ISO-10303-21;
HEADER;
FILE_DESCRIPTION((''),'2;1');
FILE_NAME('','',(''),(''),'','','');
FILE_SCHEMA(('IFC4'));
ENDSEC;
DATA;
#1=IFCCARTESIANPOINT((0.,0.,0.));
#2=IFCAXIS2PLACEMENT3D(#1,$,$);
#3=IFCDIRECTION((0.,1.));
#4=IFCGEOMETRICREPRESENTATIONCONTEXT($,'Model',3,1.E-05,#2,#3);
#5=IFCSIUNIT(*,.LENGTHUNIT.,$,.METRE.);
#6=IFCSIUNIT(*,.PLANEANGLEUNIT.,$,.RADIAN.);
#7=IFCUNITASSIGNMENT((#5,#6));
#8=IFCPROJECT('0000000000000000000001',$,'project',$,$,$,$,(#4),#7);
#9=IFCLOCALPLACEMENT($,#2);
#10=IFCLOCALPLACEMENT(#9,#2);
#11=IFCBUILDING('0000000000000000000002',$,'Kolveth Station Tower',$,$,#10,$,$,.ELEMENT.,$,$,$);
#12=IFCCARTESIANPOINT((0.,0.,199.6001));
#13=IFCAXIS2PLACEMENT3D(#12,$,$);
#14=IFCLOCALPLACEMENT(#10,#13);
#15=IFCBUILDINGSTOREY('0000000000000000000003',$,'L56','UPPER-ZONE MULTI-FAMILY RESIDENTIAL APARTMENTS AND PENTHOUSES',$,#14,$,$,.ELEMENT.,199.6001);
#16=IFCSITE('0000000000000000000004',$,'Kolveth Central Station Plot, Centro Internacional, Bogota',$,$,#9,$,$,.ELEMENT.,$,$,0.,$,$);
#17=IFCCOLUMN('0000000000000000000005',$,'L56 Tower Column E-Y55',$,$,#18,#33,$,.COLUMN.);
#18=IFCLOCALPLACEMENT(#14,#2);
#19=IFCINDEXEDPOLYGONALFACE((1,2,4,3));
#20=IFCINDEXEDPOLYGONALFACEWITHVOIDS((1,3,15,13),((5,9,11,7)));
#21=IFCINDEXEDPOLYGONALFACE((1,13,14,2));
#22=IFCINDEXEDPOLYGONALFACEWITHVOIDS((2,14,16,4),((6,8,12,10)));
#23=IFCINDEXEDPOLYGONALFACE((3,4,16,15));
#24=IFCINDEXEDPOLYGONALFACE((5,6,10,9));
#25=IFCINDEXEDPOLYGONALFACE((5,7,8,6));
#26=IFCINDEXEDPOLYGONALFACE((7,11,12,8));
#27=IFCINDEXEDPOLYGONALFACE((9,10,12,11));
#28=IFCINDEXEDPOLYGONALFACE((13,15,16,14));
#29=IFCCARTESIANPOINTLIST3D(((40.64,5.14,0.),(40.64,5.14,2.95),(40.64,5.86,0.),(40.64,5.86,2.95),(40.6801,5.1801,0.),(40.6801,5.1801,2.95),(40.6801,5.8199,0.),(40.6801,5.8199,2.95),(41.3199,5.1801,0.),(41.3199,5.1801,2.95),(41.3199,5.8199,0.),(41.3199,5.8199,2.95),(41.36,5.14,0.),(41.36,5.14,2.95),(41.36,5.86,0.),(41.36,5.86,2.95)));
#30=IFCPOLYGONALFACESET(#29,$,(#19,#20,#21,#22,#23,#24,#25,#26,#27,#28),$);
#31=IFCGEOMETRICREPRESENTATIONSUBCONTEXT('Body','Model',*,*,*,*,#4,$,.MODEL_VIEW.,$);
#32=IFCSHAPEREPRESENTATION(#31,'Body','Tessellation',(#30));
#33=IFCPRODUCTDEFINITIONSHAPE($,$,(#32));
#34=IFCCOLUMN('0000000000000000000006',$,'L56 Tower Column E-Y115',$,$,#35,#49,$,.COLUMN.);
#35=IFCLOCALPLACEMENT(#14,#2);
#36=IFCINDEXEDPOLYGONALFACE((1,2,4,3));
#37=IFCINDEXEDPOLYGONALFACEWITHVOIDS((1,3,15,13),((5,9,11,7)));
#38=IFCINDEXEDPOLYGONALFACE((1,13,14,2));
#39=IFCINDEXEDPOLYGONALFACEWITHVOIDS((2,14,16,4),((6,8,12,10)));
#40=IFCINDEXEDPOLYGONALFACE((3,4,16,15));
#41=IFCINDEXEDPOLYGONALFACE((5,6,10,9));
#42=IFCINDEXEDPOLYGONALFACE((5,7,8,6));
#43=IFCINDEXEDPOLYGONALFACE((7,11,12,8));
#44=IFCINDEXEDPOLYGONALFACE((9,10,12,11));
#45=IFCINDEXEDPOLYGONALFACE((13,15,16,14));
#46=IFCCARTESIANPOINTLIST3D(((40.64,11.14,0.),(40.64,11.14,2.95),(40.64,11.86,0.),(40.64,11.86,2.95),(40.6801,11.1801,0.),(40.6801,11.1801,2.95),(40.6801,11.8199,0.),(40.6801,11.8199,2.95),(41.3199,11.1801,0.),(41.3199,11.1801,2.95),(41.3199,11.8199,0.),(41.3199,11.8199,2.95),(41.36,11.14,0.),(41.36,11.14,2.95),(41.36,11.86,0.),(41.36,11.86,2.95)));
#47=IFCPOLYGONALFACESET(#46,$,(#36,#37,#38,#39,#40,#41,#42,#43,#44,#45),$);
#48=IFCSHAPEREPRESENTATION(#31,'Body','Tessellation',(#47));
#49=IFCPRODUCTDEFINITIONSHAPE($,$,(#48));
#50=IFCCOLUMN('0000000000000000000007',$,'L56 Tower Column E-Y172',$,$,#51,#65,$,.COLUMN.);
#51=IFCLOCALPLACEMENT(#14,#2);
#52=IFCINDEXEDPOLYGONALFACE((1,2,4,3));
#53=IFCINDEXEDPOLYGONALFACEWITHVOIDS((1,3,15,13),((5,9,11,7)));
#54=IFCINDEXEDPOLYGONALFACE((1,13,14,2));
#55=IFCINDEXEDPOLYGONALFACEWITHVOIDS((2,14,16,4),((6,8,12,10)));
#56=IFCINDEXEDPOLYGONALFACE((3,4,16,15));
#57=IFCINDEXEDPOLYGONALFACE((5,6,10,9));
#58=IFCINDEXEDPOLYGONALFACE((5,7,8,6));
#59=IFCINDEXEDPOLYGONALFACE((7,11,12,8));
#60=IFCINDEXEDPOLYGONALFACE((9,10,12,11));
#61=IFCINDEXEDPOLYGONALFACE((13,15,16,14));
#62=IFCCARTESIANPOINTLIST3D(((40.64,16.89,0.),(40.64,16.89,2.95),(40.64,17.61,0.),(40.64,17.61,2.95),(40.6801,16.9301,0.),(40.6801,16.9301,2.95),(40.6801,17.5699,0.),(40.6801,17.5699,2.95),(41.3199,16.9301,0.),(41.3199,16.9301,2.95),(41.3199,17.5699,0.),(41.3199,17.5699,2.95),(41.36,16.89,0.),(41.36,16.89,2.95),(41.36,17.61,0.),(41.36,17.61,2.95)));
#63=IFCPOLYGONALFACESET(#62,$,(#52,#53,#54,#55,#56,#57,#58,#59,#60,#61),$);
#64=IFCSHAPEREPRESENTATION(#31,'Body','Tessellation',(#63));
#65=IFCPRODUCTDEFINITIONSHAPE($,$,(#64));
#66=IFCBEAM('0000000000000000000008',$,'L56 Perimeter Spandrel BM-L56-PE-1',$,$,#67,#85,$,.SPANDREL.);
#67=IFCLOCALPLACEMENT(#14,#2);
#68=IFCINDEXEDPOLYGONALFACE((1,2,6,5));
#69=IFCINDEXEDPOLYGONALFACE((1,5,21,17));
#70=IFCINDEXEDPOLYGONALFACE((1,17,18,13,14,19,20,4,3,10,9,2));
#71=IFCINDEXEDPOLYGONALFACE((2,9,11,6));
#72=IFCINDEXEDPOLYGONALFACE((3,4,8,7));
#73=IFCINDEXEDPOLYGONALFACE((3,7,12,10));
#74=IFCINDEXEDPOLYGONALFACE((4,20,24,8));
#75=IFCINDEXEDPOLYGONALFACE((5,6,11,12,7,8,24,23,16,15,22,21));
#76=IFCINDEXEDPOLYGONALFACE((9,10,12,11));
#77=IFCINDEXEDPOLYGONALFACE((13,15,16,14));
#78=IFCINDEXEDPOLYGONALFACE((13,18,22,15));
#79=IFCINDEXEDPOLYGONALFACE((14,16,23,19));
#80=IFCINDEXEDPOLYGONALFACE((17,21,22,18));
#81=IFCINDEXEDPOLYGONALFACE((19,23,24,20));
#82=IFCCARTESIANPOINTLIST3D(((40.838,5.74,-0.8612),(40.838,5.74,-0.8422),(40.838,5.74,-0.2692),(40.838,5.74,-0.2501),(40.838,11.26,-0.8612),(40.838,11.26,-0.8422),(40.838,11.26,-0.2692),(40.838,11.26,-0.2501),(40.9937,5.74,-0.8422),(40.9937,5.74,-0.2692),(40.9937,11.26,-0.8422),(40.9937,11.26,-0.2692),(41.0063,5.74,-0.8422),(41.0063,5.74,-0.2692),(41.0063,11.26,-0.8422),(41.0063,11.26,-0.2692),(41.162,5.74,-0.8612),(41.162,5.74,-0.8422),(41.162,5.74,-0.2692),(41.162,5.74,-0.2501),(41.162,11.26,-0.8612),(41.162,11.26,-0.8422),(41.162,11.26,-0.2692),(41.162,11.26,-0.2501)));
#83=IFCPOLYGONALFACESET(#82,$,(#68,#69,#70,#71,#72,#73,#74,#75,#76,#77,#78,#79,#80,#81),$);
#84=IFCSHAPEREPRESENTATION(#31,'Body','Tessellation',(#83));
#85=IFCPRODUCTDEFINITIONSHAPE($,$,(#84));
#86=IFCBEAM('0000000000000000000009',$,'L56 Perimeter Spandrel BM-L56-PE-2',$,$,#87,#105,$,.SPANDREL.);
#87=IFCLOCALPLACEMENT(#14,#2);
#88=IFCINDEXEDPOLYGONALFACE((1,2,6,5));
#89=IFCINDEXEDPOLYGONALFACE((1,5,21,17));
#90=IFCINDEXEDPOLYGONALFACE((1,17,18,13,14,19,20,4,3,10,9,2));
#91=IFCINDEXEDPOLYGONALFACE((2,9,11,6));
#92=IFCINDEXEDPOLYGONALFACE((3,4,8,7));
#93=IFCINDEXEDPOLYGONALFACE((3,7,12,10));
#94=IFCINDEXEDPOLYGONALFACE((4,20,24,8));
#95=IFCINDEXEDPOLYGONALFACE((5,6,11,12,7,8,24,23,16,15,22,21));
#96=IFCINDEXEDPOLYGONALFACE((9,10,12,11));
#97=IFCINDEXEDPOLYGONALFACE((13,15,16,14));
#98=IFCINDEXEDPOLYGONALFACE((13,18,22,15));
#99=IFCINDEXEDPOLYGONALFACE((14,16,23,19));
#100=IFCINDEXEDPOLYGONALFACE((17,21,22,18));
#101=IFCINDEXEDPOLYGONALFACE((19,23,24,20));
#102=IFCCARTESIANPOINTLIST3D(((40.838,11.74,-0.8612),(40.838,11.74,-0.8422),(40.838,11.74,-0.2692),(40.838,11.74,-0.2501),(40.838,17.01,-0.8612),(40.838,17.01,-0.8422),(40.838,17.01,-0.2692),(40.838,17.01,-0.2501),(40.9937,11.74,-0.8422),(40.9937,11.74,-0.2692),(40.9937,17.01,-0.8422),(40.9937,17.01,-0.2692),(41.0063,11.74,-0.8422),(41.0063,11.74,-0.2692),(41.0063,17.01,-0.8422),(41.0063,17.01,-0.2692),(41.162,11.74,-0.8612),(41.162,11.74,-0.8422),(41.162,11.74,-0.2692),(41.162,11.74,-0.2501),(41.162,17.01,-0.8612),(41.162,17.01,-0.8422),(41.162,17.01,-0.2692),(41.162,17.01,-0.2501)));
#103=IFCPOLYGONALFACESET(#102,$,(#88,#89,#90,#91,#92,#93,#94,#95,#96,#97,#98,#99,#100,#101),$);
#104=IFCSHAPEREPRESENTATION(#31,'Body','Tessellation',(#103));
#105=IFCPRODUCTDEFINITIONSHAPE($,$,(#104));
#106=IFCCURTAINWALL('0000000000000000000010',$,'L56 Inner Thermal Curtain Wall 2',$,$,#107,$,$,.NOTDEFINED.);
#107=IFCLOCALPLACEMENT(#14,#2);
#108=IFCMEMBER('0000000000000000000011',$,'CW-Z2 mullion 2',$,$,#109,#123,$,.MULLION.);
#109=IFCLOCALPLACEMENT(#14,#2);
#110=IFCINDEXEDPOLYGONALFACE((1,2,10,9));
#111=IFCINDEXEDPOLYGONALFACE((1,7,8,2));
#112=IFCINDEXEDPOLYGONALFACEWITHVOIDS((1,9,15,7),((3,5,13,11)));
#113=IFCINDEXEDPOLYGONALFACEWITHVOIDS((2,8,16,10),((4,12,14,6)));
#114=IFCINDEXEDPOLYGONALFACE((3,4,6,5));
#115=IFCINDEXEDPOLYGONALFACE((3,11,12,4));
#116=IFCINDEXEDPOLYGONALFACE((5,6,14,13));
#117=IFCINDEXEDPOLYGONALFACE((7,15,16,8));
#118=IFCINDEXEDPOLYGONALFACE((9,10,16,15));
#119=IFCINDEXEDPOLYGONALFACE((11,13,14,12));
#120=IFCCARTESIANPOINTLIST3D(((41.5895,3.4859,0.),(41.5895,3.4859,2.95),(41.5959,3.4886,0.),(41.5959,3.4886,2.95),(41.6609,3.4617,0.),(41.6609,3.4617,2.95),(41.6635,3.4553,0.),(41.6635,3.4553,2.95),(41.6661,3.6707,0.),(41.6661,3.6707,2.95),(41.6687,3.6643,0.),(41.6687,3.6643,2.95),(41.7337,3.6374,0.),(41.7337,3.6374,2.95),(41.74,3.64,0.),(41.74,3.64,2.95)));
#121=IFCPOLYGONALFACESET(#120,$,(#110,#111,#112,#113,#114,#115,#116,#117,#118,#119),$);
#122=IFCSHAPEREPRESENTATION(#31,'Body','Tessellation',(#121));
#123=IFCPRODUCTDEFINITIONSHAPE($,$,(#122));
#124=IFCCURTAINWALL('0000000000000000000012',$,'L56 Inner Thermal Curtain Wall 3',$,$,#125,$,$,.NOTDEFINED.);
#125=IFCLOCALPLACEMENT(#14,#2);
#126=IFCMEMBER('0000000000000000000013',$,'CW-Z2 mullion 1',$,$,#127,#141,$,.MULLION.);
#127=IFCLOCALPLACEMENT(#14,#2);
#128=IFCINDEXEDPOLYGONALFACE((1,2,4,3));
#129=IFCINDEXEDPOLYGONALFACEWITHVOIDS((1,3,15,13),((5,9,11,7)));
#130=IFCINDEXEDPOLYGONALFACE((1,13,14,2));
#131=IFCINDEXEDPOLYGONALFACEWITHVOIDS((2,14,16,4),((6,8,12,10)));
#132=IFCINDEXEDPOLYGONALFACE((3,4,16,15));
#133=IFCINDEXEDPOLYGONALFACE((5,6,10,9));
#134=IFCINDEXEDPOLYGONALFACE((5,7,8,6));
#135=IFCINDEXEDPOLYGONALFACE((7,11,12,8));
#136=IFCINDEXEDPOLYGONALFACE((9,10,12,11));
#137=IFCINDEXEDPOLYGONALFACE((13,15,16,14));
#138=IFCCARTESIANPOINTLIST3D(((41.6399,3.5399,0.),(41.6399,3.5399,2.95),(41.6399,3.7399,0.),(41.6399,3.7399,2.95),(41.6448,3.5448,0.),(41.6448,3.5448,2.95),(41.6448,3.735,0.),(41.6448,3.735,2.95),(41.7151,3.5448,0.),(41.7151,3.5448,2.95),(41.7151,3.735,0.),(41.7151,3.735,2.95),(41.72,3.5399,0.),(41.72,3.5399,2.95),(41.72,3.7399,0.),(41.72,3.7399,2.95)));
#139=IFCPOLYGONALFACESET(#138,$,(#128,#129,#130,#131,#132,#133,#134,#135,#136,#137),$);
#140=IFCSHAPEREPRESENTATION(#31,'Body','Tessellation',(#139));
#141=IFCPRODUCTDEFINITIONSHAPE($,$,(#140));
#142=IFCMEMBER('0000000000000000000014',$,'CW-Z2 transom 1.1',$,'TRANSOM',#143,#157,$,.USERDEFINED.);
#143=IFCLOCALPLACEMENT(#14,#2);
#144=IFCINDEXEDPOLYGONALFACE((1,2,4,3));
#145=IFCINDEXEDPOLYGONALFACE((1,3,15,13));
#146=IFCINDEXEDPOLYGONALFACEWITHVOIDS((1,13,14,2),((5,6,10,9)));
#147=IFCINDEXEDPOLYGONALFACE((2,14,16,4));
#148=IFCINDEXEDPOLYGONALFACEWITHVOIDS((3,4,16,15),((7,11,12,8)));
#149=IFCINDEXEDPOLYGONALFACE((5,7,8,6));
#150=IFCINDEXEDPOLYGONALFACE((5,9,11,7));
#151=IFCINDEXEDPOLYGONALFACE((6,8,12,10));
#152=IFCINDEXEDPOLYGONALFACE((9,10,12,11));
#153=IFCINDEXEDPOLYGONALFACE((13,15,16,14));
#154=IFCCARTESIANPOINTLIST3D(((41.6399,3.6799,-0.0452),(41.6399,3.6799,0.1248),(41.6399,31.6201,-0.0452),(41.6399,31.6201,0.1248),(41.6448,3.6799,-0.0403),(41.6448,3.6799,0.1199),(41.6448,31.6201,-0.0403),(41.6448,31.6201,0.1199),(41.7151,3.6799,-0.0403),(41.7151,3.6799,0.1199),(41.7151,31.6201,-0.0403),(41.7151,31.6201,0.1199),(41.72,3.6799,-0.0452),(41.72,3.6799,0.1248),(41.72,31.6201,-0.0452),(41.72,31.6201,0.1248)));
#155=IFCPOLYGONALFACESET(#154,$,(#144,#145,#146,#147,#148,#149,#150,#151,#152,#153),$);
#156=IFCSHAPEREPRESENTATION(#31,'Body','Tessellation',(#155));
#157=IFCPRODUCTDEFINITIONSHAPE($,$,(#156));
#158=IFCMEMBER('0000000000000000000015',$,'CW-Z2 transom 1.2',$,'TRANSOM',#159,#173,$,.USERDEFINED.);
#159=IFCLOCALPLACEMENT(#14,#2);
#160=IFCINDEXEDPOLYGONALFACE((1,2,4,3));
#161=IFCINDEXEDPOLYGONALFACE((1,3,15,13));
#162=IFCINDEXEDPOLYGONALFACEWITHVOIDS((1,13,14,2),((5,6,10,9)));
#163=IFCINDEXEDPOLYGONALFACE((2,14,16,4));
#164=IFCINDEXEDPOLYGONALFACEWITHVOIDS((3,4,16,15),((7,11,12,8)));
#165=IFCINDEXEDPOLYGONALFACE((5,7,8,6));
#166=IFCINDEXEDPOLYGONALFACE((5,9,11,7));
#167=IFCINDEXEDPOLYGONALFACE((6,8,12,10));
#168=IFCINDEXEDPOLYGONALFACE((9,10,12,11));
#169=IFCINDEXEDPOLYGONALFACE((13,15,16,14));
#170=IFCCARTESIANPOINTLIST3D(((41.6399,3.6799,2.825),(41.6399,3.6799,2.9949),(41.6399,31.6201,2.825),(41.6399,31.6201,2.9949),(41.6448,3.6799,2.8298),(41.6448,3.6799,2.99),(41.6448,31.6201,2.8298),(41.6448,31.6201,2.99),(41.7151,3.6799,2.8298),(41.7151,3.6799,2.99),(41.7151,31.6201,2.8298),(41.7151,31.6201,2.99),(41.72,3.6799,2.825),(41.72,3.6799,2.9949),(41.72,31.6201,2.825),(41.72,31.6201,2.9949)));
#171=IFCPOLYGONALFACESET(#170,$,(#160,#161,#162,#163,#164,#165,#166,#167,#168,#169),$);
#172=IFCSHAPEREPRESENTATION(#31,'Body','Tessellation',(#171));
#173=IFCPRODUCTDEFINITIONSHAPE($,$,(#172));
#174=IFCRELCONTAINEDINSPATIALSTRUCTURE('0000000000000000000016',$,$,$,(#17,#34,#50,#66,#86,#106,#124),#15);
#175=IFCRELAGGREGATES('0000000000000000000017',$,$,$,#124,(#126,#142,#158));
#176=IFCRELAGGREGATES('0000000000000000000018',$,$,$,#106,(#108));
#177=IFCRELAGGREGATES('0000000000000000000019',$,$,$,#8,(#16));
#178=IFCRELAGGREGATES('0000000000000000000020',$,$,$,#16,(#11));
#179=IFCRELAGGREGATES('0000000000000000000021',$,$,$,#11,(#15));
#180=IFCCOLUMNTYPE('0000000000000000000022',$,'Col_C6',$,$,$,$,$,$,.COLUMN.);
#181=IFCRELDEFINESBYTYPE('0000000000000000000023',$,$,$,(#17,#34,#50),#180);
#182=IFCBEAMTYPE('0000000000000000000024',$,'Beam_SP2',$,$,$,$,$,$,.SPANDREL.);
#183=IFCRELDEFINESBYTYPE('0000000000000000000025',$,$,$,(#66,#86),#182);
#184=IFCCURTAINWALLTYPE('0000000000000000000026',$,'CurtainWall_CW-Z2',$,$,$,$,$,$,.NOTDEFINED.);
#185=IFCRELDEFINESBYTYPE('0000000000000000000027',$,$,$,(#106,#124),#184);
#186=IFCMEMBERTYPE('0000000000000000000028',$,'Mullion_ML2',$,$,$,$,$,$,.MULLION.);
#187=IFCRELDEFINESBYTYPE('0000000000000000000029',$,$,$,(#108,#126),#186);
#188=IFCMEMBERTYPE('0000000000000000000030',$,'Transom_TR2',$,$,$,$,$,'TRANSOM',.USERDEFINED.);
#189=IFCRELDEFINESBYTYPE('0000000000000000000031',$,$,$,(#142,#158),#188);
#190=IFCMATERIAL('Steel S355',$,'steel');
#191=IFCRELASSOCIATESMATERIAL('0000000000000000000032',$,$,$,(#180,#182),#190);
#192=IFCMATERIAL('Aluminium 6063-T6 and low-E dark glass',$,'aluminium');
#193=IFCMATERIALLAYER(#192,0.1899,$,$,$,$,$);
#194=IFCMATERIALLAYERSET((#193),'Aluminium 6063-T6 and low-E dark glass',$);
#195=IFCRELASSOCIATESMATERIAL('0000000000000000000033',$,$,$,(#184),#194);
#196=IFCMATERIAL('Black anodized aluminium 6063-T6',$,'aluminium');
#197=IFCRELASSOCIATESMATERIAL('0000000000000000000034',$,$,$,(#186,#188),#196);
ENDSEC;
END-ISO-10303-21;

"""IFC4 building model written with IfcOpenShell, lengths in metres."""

from ifc_helpers import new_model, si_unit, direction, frame, origin, origin_2d, place, context, subcontext, project, spatial, hollow_rectangle, i_section, extrude, source, transform, mapped, material, layer, layer_set, material_profile, profile_set, type_object, element, aggregate, save


model = new_model("IFC4")

# Units and contexts
model_context = context("Model", 3, precision=1e-05, world=origin(), true_north=direction((0.0, 1.0)))
body_context = subcontext(model_context, "Body", "Model", "MODEL_VIEW")
ifc_project = project(units=[si_unit("LENGTHUNIT", "METRE"), si_unit("PLANEANGLEUNIT", "RADIAN")], contexts=[model_context])

# Site, building, storey
site_placement = place(None, origin())
site = spatial("IfcSite", under=ifc_project, at=site_placement, Name="Kolveth Central Station Plot, Centro Internacional, Bogota", CompositionType="ELEMENT", RefElevation=0.0)
building_placement = place(site_placement, origin())
building = spatial("IfcBuilding", under=site, at=building_placement, Name="Kolveth Station Tower", CompositionType="ELEMENT")
storey_placement = place(building_placement, frame((0.0, 0.0, 199.6001)))
storey = spatial("IfcBuildingStorey", under=building, at=storey_placement, Name="L56", Description="UPPER-ZONE MULTI-FAMILY RESIDENTIAL APARTMENTS AND PENTHOUSES", CompositionType="ELEMENT", Elevation=199.6001)

# Columns
ifc_material_1 = material(Name="Steel S355", Category="steel")
ifc_material_profile_1 = material_profile(ifc_material_1, hollow_rectangle(XDim=0.72, YDim=0.72, WallThickness=0.04, at=origin_2d()), Name="BOX720x720x40")
ifc_profile_set_1 = profile_set([ifc_material_profile_1], Name="Steel S355")
column_type = type_object("IfcColumnType", Name="Col_C6", PredefinedType="COLUMN", material=ifc_profile_set_1)
shared_shape_1 = source(origin(), body_context, "Body", "SweptSolid", [
    extrude(hollow_rectangle(XDim=0.72, YDim=0.72, WallThickness=0.04, at=origin_2d()), origin(), (0.0, 0.0, 1.0), 2.95),
])
for number, where, z_axis, x_axis, name in (
    (1, (41.0, 5.5, 0.0), (0.0, 0.0, 1.0), (1.0, 0.0, 0.0), "L56 Tower Column E-Y55"),
    (2, (41.0, 11.5, 0.0), (0.0, 0.0, 1.0), (1.0, 0.0, 0.0), "L56 Tower Column E-Y115"),
    (3, (41.0, 17.25, 0.0), (0.0, 0.0, 1.0), (1.0, 0.0, 0.0), "L56 Tower Column E-Y172"),
):
    element("IfcColumn", number, at=place(storey_placement, frame(where, z_axis=z_axis, x_axis=x_axis)), inside=storey, type_object=column_type, Name=name, PredefinedType="COLUMN", context=body_context, shape_type="MappedRepresentation", body=[
        mapped(shared_shape_1, transform((0.0, 0.0, 0.0), x_axis=(1.0, 0.0, 0.0), y_axis=(0.0, 1.0, 0.0), z_axis=(0.0, 0.0, 1.0), scale=1.0)),
    ])

# Beams
ifc_material_profile_2 = material_profile(ifc_material_1, i_section(OverallWidth=0.324, OverallDepth=0.6111, WebThickness=0.0127, FlangeThickness=0.019, at=origin_2d()), Name="W610x155")
ifc_profile_set_2 = profile_set([ifc_material_profile_2], Name="Steel S355")
beam_type = type_object("IfcBeamType", Name="Beam_SP2", PredefinedType="SPANDREL", material=ifc_profile_set_2)
shared_shape_2 = source(origin(), body_context, "Body", "SweptSolid", [
    extrude(i_section(OverallWidth=0.324, OverallDepth=0.6111, WebThickness=0.0127, FlangeThickness=0.019, at=origin_2d()), origin(), (0.0, 0.0, 1.0), 5.52),
])
beam_1_placement = place(storey_placement, frame((41.0, 5.74, -0.5557), z_axis=(0.0, 1.0, 0.0), x_axis=(-1.0, 0.0, 0.0)))
element("IfcBeam", 4, at=beam_1_placement, inside=storey, type_object=beam_type, Name="L56 Perimeter Spandrel BM-L56-PE-1", PredefinedType="SPANDREL", context=body_context, shape_type="MappedRepresentation", body=[
    mapped(shared_shape_2, transform((0.0, 0.0, 0.0), x_axis=(1.0, 0.0, 0.0), y_axis=(0.0, 1.0, 0.0), z_axis=(0.0, 0.0, 1.0), scale=1.0)),
])
shared_shape_3 = source(origin(), body_context, "Body", "SweptSolid", [
    extrude(i_section(OverallWidth=0.324, OverallDepth=0.6111, WebThickness=0.0127, FlangeThickness=0.019, at=origin_2d()), origin(), (0.0, 0.0, 1.0), 5.27),
])
beam_2_placement = place(storey_placement, frame((41.0, 11.74, -0.5557), z_axis=(0.0, 1.0, 0.0), x_axis=(-1.0, 0.0, 0.0)))
element("IfcBeam", 5, at=beam_2_placement, inside=storey, type_object=beam_type, Name="L56 Perimeter Spandrel BM-L56-PE-2", PredefinedType="SPANDREL", context=body_context, shape_type="MappedRepresentation", body=[
    mapped(shared_shape_3, transform((0.0, 0.0, 0.0), x_axis=(1.0, 0.0, 0.0), y_axis=(0.0, 1.0, 0.0), z_axis=(0.0, 0.0, 1.0), scale=1.0)),
])

# Curtain wall, member
ifc_material_2 = material(Name="Aluminium 6063-T6 and low-E dark glass", Category="aluminium")
ifc_layer_1 = layer(ifc_material_2, 0.1899)
ifc_layer_set_1 = layer_set([ifc_layer_1], Name="Aluminium 6063-T6 and low-E dark glass")
curtain_wall_type_1 = type_object("IfcCurtainWallType", Name="CurtainWall_CW-Z2", PredefinedType="NOTDEFINED", material=ifc_layer_set_1)
curtain_wall_1_placement = place(storey_placement, origin())
curtain_wall_1 = element("IfcCurtainWall", 6, at=curtain_wall_1_placement, inside=storey, type_object=curtain_wall_type_1, Name="L56 Inner Thermal Curtain Wall 2", PredefinedType="NOTDEFINED")
ifc_material_3 = material(Name="Black anodized aluminium 6063-T6", Category="aluminium")
ifc_material_profile_3 = material_profile(ifc_material_3, hollow_rectangle(XDim=0.0801, YDim=0.2, WallThickness=0.0049, at=origin_2d()), Name="ALU-80x200x5")
ifc_profile_set_3 = profile_set([ifc_material_profile_3], Name="Black anodized aluminium 6063-T6")
member_type_1 = type_object("IfcMemberType", Name="Mullion_ML2", PredefinedType="MULLION", material=ifc_profile_set_3)
shared_shape_4 = source(origin(), body_context, "Body", "SweptSolid", [
    extrude(hollow_rectangle(XDim=0.0801, YDim=0.2, WallThickness=0.0049, at=origin_2d()), origin(), (0.0, 0.0, 1.0), 2.95),
])
member_1_placement = place(storey_placement, frame((41.6648, 3.563, 0.0), z_axis=(0.0, 0.0, 1.0), x_axis=(-0.923874, 0.382698, 0.0)))
member_1 = element("IfcMember", 7, at=member_1_placement, type_object=member_type_1, Name="CW-Z2 mullion 2", PredefinedType="MULLION", context=body_context, shape_type="MappedRepresentation", body=[
    mapped(shared_shape_4, transform((0.0, 0.0, 0.0), x_axis=(1.0, 0.0, 0.0), y_axis=(0.0, 1.0, 0.0), z_axis=(0.0, 0.0, 1.0), scale=1.0)),
])

# Curtain wall, members
curtain_wall_2_placement = place(storey_placement, origin())
curtain_wall_2 = element("IfcCurtainWall", 8, at=curtain_wall_2_placement, inside=storey, type_object=curtain_wall_type_1, Name="L56 Inner Thermal Curtain Wall 3", PredefinedType="NOTDEFINED")
member_2_placement = place(storey_placement, frame((41.6799, 3.6399, 0.0), z_axis=(0.0, 0.0, 1.0), x_axis=(-1.0, 0.0, 0.0)))
member_2 = element("IfcMember", 9, at=member_2_placement, type_object=member_type_1, Name="CW-Z2 mullion 1", PredefinedType="MULLION", context=body_context, shape_type="MappedRepresentation", body=[
    mapped(shared_shape_4, transform((0.0, 0.0, 0.0), x_axis=(1.0, 0.0, 0.0), y_axis=(0.0, 1.0, 0.0), z_axis=(0.0, 0.0, 1.0), scale=1.0)),
])
ifc_material_profile_4 = material_profile(ifc_material_3, hollow_rectangle(XDim=0.0801, YDim=0.1699, WallThickness=0.0049, at=origin_2d()), Name="ALU-80x170x5")
ifc_profile_set_4 = profile_set([ifc_material_profile_4], Name="Black anodized aluminium 6063-T6")
member_type_2 = type_object("IfcMemberType", Name="Transom_TR2", ElementType="TRANSOM", PredefinedType="USERDEFINED", material=ifc_profile_set_4)
shared_shape_5 = source(origin(), body_context, "Body", "SweptSolid", [
    extrude(hollow_rectangle(XDim=0.0801, YDim=0.1699, WallThickness=0.0049, at=origin_2d()), origin(), (0.0, 0.0, 1.0), 27.9402),
])
member_3_placement = place(storey_placement, frame((41.6799, 3.6799, 0.0398), z_axis=(0.0, 1.0, 0.0), x_axis=(-1.0, 0.0, 0.0)))
member_3 = element("IfcMember", 10, at=member_3_placement, type_object=member_type_2, Name="CW-Z2 transom 1.1", ObjectType="TRANSOM", PredefinedType="USERDEFINED", context=body_context, shape_type="MappedRepresentation", body=[
    mapped(shared_shape_5, transform((0.0, 0.0, 0.0), x_axis=(1.0, 0.0, 0.0), y_axis=(0.0, 1.0, 0.0), z_axis=(0.0, 0.0, 1.0), scale=1.0)),
])
member_4_placement = place(storey_placement, frame((41.6799, 3.6799, 2.9099), z_axis=(0.0, 1.0, 0.0), x_axis=(-1.0, 0.0, 0.0)))
member_4 = element("IfcMember", 11, at=member_4_placement, type_object=member_type_2, Name="CW-Z2 transom 1.2", ObjectType="TRANSOM", PredefinedType="USERDEFINED", context=body_context, shape_type="MappedRepresentation", body=[
    mapped(shared_shape_5, transform((0.0, 0.0, 0.0), x_axis=(1.0, 0.0, 0.0), y_axis=(0.0, 1.0, 0.0), z_axis=(0.0, 0.0, 1.0), scale=1.0)),
])
aggregate(curtain_wall_2, [member_2, member_3, member_4])

aggregate(curtain_wall_1, [member_1])

save(model, "model.ifc")
